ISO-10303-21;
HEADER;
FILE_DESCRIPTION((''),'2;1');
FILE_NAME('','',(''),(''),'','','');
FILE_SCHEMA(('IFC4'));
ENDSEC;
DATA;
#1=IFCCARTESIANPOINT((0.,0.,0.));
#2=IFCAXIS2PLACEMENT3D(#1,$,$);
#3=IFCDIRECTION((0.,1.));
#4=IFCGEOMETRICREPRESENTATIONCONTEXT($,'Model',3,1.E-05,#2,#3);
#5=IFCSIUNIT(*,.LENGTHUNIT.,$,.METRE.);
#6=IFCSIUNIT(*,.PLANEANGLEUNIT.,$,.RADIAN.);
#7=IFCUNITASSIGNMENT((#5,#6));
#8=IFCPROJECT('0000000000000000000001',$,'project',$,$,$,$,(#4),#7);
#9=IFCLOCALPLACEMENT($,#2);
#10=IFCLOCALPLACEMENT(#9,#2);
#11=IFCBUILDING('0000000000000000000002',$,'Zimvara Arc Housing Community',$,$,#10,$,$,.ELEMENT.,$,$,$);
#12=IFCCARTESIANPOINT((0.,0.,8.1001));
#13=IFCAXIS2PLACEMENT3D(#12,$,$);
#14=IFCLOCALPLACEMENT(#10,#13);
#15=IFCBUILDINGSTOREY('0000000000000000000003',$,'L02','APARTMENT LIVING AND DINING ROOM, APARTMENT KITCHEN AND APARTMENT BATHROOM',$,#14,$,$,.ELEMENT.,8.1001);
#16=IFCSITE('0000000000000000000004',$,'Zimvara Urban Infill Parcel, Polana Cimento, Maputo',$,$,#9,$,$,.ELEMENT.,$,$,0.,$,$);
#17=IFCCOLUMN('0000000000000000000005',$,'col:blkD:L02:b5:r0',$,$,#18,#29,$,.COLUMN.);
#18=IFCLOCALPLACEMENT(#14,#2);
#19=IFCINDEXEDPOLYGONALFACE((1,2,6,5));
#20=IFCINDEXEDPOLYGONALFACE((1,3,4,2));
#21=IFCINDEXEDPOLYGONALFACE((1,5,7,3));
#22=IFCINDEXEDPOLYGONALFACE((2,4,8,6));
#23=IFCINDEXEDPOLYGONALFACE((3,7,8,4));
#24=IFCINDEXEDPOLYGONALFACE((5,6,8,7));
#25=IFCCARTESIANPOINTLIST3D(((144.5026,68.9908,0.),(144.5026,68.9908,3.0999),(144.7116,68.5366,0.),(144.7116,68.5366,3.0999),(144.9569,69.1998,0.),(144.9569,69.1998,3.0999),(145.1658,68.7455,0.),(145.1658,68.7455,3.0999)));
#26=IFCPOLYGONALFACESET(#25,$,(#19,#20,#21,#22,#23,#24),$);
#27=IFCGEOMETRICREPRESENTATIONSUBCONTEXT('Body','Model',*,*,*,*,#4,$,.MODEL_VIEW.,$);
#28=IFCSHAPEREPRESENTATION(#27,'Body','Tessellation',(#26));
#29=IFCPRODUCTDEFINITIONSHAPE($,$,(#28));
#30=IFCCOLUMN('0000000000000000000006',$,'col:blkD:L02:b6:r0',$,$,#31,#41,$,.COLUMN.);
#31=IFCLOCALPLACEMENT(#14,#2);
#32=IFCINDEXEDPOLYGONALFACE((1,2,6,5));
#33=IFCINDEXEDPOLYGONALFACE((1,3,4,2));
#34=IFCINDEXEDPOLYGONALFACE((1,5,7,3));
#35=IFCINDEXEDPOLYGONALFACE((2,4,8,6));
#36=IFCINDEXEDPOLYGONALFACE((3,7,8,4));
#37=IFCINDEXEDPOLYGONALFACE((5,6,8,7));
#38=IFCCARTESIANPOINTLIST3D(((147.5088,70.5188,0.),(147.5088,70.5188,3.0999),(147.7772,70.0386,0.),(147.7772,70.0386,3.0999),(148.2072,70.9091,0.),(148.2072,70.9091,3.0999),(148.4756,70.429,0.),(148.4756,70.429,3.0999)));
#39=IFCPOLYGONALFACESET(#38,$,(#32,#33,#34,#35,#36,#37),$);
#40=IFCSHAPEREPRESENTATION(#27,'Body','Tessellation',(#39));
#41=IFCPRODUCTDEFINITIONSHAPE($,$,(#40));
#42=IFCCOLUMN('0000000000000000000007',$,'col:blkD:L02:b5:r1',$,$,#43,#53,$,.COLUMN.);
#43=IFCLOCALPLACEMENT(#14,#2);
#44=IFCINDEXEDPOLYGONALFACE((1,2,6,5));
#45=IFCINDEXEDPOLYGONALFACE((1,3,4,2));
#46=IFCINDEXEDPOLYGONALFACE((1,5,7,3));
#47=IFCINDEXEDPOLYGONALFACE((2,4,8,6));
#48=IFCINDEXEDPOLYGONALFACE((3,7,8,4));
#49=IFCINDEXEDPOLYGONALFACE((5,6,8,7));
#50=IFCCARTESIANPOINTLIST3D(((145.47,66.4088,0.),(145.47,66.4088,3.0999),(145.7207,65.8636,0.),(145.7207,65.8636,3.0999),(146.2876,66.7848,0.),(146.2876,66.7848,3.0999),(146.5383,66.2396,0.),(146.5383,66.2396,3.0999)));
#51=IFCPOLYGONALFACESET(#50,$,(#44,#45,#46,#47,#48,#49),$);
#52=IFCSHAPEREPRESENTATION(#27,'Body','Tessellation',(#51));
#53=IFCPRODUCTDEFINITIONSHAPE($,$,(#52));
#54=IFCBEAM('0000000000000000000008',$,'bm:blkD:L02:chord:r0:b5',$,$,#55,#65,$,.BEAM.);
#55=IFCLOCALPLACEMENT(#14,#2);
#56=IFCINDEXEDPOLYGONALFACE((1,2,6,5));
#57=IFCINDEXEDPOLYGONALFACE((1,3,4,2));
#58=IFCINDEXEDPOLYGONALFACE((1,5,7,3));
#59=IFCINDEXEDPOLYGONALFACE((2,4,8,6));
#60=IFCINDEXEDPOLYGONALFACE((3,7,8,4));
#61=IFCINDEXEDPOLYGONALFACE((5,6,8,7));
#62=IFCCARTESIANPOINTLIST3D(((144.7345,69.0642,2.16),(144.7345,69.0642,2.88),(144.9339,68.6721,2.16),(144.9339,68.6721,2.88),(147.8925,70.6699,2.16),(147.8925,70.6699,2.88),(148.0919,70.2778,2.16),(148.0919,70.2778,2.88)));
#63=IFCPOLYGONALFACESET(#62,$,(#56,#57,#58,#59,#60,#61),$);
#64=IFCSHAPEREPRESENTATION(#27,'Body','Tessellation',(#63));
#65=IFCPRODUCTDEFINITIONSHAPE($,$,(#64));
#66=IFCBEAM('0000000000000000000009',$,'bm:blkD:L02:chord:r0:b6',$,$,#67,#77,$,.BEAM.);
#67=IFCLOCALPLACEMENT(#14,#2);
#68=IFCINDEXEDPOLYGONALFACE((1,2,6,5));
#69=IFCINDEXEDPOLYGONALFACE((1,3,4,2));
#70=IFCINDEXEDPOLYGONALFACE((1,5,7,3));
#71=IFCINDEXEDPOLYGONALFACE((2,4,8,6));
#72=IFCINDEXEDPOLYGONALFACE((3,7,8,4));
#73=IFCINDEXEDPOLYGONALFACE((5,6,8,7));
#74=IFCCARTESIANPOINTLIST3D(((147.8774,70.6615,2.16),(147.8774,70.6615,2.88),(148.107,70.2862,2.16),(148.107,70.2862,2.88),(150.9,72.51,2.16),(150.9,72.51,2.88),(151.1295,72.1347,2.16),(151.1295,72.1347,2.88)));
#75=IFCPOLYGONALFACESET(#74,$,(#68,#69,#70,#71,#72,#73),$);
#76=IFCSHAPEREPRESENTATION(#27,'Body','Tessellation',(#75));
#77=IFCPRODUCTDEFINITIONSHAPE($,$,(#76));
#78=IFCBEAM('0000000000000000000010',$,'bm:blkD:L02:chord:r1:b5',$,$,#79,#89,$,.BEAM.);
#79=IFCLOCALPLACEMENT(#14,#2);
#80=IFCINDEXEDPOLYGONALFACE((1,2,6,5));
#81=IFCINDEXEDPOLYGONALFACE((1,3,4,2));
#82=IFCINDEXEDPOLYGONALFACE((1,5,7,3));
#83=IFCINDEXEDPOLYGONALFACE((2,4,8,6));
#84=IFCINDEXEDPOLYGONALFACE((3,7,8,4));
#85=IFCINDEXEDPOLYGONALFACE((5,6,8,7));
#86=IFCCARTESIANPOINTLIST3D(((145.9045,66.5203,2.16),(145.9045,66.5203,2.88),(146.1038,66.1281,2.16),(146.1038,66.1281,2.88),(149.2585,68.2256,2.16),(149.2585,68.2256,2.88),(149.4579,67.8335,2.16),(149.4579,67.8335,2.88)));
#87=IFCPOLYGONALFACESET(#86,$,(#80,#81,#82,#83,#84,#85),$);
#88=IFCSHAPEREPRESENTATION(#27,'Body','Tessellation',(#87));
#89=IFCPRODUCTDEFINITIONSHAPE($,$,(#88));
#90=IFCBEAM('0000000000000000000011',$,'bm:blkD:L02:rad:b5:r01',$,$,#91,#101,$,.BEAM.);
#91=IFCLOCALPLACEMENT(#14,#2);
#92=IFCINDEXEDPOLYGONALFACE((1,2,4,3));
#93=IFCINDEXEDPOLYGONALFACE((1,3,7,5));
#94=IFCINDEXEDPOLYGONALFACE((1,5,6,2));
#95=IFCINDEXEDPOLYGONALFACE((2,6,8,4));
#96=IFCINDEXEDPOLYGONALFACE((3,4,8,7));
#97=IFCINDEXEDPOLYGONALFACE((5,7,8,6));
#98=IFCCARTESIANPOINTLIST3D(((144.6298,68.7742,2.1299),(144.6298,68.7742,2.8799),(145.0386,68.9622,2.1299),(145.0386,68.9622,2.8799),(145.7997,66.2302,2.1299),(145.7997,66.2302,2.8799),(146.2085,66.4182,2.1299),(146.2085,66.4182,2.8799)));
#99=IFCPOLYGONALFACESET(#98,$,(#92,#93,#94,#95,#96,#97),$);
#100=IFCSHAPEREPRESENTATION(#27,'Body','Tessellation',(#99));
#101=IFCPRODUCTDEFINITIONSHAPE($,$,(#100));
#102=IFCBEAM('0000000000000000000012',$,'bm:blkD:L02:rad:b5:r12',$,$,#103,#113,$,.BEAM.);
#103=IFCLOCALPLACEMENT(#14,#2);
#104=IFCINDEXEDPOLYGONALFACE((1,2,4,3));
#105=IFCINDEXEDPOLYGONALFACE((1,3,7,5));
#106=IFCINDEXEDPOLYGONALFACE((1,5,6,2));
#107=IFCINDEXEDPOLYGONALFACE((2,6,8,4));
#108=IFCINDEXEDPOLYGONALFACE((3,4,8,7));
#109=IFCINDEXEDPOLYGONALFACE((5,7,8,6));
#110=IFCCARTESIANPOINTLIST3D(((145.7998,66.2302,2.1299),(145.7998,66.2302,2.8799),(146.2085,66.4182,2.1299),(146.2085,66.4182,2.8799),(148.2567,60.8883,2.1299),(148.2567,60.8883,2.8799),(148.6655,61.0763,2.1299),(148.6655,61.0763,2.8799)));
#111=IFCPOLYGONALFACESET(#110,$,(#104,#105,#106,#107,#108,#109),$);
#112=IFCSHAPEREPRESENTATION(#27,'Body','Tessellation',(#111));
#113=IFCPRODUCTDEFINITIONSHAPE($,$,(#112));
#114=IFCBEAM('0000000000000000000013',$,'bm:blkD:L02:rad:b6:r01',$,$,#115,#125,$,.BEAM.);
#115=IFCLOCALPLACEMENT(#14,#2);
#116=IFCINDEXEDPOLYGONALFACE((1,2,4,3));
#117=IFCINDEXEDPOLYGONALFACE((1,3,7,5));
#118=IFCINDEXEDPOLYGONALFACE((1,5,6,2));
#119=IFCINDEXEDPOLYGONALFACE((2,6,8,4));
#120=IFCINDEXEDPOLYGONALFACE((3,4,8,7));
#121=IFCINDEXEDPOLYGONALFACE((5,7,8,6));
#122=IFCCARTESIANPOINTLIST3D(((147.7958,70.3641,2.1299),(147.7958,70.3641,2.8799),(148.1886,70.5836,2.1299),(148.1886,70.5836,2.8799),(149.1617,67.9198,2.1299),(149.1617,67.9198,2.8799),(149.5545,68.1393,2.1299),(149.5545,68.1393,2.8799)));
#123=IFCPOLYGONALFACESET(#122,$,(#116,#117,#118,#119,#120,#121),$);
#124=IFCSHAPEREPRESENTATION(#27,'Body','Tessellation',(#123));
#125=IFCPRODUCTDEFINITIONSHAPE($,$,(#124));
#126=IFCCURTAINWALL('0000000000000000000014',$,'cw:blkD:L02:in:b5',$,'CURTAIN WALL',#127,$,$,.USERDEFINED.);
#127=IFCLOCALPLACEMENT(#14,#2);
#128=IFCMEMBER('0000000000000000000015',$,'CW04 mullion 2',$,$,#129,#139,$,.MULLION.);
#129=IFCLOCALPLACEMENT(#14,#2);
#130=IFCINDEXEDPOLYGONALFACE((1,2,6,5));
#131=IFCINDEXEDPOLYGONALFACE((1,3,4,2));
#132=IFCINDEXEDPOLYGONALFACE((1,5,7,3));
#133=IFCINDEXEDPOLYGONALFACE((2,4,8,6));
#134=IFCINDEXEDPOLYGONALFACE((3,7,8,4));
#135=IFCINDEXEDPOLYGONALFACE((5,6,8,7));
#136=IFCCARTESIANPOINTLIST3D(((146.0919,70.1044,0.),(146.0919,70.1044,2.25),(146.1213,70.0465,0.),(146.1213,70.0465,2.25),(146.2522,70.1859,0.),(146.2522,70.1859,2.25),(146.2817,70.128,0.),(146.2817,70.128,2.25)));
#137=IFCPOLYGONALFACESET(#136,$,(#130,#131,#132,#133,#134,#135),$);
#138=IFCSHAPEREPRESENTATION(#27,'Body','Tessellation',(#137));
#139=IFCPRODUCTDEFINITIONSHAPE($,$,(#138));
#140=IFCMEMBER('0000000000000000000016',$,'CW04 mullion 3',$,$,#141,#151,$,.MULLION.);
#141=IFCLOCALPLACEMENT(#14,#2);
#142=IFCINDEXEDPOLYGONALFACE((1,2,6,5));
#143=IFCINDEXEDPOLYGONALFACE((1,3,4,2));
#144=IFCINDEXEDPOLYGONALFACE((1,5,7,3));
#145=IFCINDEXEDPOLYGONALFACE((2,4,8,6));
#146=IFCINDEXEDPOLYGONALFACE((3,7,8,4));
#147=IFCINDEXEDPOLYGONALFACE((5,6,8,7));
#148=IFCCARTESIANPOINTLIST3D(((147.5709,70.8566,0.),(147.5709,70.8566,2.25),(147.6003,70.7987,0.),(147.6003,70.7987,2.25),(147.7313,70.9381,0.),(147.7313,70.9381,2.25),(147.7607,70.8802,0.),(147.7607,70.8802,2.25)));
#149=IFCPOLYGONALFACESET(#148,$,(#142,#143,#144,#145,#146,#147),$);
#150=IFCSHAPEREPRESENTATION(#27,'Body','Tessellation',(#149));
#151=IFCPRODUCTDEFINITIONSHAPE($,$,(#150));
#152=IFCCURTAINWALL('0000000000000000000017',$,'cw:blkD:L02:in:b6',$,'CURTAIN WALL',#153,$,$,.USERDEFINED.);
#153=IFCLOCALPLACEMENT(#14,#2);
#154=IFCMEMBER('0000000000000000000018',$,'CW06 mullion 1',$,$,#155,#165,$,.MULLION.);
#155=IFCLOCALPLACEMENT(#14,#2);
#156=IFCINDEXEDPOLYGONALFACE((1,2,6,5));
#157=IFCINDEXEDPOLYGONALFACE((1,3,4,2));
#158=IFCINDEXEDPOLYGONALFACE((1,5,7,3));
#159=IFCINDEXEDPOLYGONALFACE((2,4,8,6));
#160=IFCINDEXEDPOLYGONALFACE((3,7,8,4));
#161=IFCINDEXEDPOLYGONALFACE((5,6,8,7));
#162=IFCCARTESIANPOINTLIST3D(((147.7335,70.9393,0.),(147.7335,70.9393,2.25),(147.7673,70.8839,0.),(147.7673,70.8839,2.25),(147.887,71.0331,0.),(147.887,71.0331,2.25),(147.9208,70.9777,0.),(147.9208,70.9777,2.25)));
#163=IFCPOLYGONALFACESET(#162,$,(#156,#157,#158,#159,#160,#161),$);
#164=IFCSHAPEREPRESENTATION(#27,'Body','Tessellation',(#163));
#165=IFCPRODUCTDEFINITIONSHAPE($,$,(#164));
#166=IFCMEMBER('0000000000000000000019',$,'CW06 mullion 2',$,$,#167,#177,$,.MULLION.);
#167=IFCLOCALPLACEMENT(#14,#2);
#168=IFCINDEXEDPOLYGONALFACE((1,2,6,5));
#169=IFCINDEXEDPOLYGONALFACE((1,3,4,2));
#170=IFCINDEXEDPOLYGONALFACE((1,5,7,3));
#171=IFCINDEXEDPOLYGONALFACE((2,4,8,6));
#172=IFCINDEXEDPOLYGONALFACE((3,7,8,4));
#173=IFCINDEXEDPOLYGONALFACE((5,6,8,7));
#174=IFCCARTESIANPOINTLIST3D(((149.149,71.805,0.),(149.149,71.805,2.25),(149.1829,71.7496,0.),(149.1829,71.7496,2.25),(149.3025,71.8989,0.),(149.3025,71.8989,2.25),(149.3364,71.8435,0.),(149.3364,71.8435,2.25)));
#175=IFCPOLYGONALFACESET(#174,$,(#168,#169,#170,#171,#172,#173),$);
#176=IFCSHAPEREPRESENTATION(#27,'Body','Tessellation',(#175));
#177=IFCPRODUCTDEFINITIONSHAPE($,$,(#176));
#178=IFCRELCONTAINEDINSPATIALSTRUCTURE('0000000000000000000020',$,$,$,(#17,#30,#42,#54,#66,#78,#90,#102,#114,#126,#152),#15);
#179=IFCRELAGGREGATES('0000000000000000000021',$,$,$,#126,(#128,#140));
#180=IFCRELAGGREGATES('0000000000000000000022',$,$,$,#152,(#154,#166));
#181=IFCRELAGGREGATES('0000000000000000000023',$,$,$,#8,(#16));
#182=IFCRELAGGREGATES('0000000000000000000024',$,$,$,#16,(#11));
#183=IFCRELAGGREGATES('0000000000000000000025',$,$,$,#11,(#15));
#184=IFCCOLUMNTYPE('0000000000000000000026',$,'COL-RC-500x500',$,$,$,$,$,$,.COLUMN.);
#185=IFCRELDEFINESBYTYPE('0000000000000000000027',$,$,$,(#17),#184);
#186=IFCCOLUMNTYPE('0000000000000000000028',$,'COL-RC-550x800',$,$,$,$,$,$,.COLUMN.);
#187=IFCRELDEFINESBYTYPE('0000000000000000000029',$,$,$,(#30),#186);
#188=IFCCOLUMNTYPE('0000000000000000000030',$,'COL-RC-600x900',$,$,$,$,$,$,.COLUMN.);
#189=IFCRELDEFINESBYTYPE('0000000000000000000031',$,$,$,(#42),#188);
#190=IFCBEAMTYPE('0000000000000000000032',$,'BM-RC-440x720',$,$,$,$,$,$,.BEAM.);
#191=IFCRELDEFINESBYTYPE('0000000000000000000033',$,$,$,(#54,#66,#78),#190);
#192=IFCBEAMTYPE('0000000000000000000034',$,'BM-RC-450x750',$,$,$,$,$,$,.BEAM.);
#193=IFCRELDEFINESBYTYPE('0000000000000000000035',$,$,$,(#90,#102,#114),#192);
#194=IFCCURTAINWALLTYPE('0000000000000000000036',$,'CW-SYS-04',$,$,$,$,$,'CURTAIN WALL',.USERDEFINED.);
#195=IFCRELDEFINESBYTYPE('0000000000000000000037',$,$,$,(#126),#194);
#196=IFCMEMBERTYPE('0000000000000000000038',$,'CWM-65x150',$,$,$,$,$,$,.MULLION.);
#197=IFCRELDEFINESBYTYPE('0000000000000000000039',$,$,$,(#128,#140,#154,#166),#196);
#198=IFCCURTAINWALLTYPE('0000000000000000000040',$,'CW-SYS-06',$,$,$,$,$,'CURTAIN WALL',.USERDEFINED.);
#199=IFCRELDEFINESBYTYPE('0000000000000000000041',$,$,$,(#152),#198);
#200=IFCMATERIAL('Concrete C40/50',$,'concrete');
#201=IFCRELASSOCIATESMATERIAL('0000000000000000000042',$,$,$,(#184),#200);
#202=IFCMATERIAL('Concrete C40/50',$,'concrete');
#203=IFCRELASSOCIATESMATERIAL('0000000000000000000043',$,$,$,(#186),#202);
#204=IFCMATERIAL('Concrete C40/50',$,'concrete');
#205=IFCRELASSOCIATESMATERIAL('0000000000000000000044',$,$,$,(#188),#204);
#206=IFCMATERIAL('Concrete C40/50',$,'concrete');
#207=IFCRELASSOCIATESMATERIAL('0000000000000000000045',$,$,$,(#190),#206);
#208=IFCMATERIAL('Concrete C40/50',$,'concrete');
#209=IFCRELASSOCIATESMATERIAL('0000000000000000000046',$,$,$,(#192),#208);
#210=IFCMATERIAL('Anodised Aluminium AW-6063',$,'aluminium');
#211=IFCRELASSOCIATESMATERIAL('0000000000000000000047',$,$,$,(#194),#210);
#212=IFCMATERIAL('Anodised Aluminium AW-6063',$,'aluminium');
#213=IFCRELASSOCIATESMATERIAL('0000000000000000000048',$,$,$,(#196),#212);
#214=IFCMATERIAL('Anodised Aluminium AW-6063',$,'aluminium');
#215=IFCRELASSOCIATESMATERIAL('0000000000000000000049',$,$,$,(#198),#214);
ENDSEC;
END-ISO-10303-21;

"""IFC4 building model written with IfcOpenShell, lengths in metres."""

from ifc_helpers import new_model, si_unit, direction, frame, origin, origin_2d, place, context, subcontext, project, spatial, rectangle, extrude, material, material_profile, profile_set, type_object, element, aggregate, save


model = new_model("IFC4")

# Units and contexts
model_context = context("Model", 3, precision=1e-05, world=origin(), true_north=direction((0.0, 1.0)))
body_context = subcontext(model_context, "Body", "Model", "MODEL_VIEW")
ifc_project = project(units=[si_unit("LENGTHUNIT", "METRE"), si_unit("PLANEANGLEUNIT", "RADIAN")], contexts=[model_context])

# Site, building, storey
site_placement = place(None, origin())
site = spatial("IfcSite", under=ifc_project, at=site_placement, Name="Zimvara Urban Infill Parcel, Polana Cimento, Maputo", CompositionType="ELEMENT", RefElevation=0.0)
building_placement = place(site_placement, origin())
building = spatial("IfcBuilding", under=site, at=building_placement, Name="Zimvara Arc Housing Community", CompositionType="ELEMENT")
storey_placement = place(building_placement, frame((0.0, 0.0, 8.1001)))
storey = spatial("IfcBuildingStorey", under=building, at=storey_placement, Name="L02", Description="APARTMENT LIVING AND DINING ROOM, APARTMENT KITCHEN AND APARTMENT BATHROOM", CompositionType="ELEMENT", Elevation=8.1001)

# Columns
ifc_material_1 = material(Name="Concrete C40/50", Category="concrete")
ifc_material_profile_1 = material_profile(ifc_material_1, rectangle(XDim=0.5, YDim=0.5, at=origin_2d()), Name="RC 500x500")
ifc_profile_set_1 = profile_set([ifc_material_profile_1], Name="Concrete C40/50")
column_type_1 = type_object("IfcColumnType", Name="COL-RC-500x500", PredefinedType="COLUMN", material=ifc_profile_set_1)
column_1_placement = place(storey_placement, frame((144.8342, 68.8682, 0.0), z_axis=(0.0, 0.0, 1.0), x_axis=(0.417867, -0.908508, 0.0)))
element("IfcColumn", 1, at=column_1_placement, inside=storey, type_object=column_type_1, Name="col:blkD:L02:b5:r0", PredefinedType="COLUMN", context=body_context, shape_type="SweptSolid", body=[
    extrude(rectangle(XDim=0.5, YDim=0.5, at=origin_2d()), origin(), (0.0, 0.0, 1.0), 3.0999),
])
ifc_material_2 = material(Name="Concrete C40/50", Category="concrete")
ifc_material_profile_2 = material_profile(ifc_material_2, rectangle(XDim=0.55, YDim=0.8, at=origin_2d()), Name="RC 550x800")
ifc_profile_set_2 = profile_set([ifc_material_profile_2], Name="Concrete C40/50")
column_type_2 = type_object("IfcColumnType", Name="COL-RC-550x800", PredefinedType="COLUMN", material=ifc_profile_set_2)
column_2_placement = place(storey_placement, frame((147.9922, 70.4739, 0.0), z_axis=(0.0, 0.0, 1.0), x_axis=(0.48786, -0.872922, 0.0)))
element("IfcColumn", 2, at=column_2_placement, inside=storey, type_object=column_type_2, Name="col:blkD:L02:b6:r0", PredefinedType="COLUMN", context=body_context, shape_type="SweptSolid", body=[
    extrude(rectangle(XDim=0.55, YDim=0.8, at=origin_2d()), origin(), (0.0, 0.0, 1.0), 3.0999),
])
ifc_material_3 = material(Name="Concrete C40/50", Category="concrete")
ifc_material_profile_3 = material_profile(ifc_material_3, rectangle(XDim=0.6001, YDim=0.8999, at=origin_2d()), Name="RC 600x900")
ifc_profile_set_3 = profile_set([ifc_material_profile_3], Name="Concrete C40/50")
column_type_3 = type_object("IfcColumnType", Name="COL-RC-600x900", PredefinedType="COLUMN", material=ifc_profile_set_3)
column_3_placement = place(storey_placement, frame((146.0042, 66.3242, 0.0), z_axis=(0.0, 0.0, 1.0), x_axis=(0.417867, -0.908508, 0.0)))
element("IfcColumn", 3, at=column_3_placement, inside=storey, type_object=column_type_3, Name="col:blkD:L02:b5:r1", PredefinedType="COLUMN", context=body_context, shape_type="SweptSolid", body=[
    extrude(rectangle(XDim=0.6001, YDim=0.8999, at=origin_2d()), origin(), (0.0, 0.0, 1.0), 3.0999),
])

# Beams
ifc_material_4 = material(Name="Concrete C40/50", Category="concrete")
ifc_material_profile_4 = material_profile(ifc_material_4, rectangle(XDim=0.4399, YDim=0.72, at=origin_2d()), Name="RC 440x720")
ifc_profile_set_4 = profile_set([ifc_material_profile_4], Name="Concrete C40/50")
beam_type_1 = type_object("IfcBeamType", Name="BM-RC-440x720", PredefinedType="BEAM", material=ifc_profile_set_4)
beam_1_placement = place(storey_placement, frame((144.8342, 68.8682, 2.52), z_axis=(0.891388, 0.45324, 0.0), x_axis=(-0.45324, 0.891388, 0.0)))
element("IfcBeam", 4, at=beam_1_placement, inside=storey, type_object=beam_type_1, Name="bm:blkD:L02:chord:r0:b5", PredefinedType="BEAM", context=body_context, shape_type="SweptSolid", body=[
    extrude(rectangle(XDim=0.4399, YDim=0.72, at=origin_2d()), origin(), (0.0, 0.0, 1.0), 3.5427),
])
beam_2_placement = place(storey_placement, frame((147.9922, 70.4739, 2.52), z_axis=(0.853115, 0.521723, 0.0), x_axis=(-0.521723, 0.853115, 0.0)))
element("IfcBeam", 5, at=beam_2_placement, inside=storey, type_object=beam_type_1, Name="bm:blkD:L02:chord:r0:b6", PredefinedType="BEAM", context=body_context, shape_type="SweptSolid", body=[
    extrude(rectangle(XDim=0.4399, YDim=0.72, at=origin_2d()), origin(), (0.0, 0.0, 1.0), 3.543),
])
beam_3_placement = place(storey_placement, frame((146.0042, 66.3242, 2.52), z_axis=(0.891396, 0.453225, 0.0), x_axis=(-0.453225, 0.891396, 0.0)))
element("IfcBeam", 6, at=beam_3_placement, inside=storey, type_object=beam_type_1, Name="bm:blkD:L02:chord:r1:b5", PredefinedType="BEAM", context=body_context, shape_type="SweptSolid", body=[
    extrude(rectangle(XDim=0.4399, YDim=0.72, at=origin_2d()), origin(), (0.0, 0.0, 1.0), 3.7627),
])
ifc_material_5 = material(Name="Concrete C40/50", Category="concrete")
ifc_material_profile_5 = material_profile(ifc_material_5, rectangle(XDim=0.45, YDim=0.75, at=origin_2d()), Name="RC 450x750")
ifc_profile_set_5 = profile_set([ifc_material_profile_5], Name="Concrete C40/50")
beam_type_2 = type_object("IfcBeamType", Name="BM-RC-450x750", PredefinedType="BEAM", material=ifc_profile_set_5)
beam_4_placement = place(storey_placement, frame((144.8342, 68.8682, 2.5049), z_axis=(0.417819, -0.90853, 0.0), x_axis=(0.90853, 0.417819, 0.0)))
element("IfcBeam", 7, at=beam_4_placement, inside=storey, type_object=beam_type_2, Name="bm:blkD:L02:rad:b5:r01", PredefinedType="BEAM", context=body_context, shape_type="SweptSolid", body=[
    extrude(rectangle(XDim=0.45, YDim=0.75, at=origin_2d()), origin(), (0.0, 0.0, 1.0), 2.8),
])
beam_5_placement = place(storey_placement, frame((146.0042, 66.3242, 2.5049), z_axis=(0.417862, -0.90851, 0.0), x_axis=(0.90851, 0.417862, 0.0)))
element("IfcBeam", 8, at=beam_5_placement, inside=storey, type_object=beam_type_2, Name="bm:blkD:L02:rad:b5:r12", PredefinedType="BEAM", context=body_context, shape_type="SweptSolid", body=[
    extrude(rectangle(XDim=0.45, YDim=0.75, at=origin_2d()), origin(), (0.0, 0.0, 1.0), 5.8799),
])
beam_6_placement = place(storey_placement, frame((147.9922, 70.4739, 2.5049), z_axis=(0.487825, -0.872941, 0.0), x_axis=(0.872941, 0.487825, 0.0)))
element("IfcBeam", 9, at=beam_6_placement, inside=storey, type_object=beam_type_2, Name="bm:blkD:L02:rad:b6:r01", PredefinedType="BEAM", context=body_context, shape_type="SweptSolid", body=[
    extrude(rectangle(XDim=0.45, YDim=0.75, at=origin_2d()), origin(), (0.0, 0.0, 1.0), 2.8),
])

# Curtain walls, members
ifc_material_6 = material(Name="Anodised Aluminium AW-6063", Category="aluminium")
curtain_wall_type_1 = type_object("IfcCurtainWallType", Name="CW-SYS-04", ElementType="CURTAIN WALL", PredefinedType="USERDEFINED", material=ifc_material_6)
curtain_wall_1_placement = place(storey_placement, origin())
curtain_wall_1 = element("IfcCurtainWall", 10, at=curtain_wall_1_placement, inside=storey, type_object=curtain_wall_type_1, Name="cw:blkD:L02:in:b5", ObjectType="CURTAIN WALL", PredefinedType="USERDEFINED")
ifc_material_7 = material(Name="Anodised Aluminium AW-6063", Category="aluminium")
ifc_material_profile_6 = material_profile(ifc_material_7, rectangle(XDim=0.0649, YDim=0.1799, at=origin_2d()), Name="ALU 65x180")
ifc_profile_set_6 = profile_set([ifc_material_profile_6], Name="Anodised Aluminium AW-6063")
member_type_1 = type_object("IfcMemberType", Name="CWM-65x150", PredefinedType="MULLION", material=ifc_profile_set_6)
member_1_placement = place(storey_placement, frame((146.1868, 70.1162, 0.0), z_axis=(0.0, 0.0, 1.0), x_axis=(-0.453211, 0.891403, 0.0)))
member_1 = element("IfcMember", 11, at=member_1_placement, type_object=member_type_1, Name="CW04 mullion 2", PredefinedType="MULLION", context=body_context, shape_type="SweptSolid", body=[
    extrude(rectangle(XDim=0.0649, YDim=0.1799, at=origin_2d()), origin(), (0.0, 0.0, 1.0), 2.25),
])
member_2_placement = place(storey_placement, frame((147.6658, 70.8684, 0.0), z_axis=(0.0, 0.0, 1.0), x_axis=(-0.453211, 0.891403, 0.0)))
member_2 = element("IfcMember", 12, at=member_2_placement, type_object=member_type_1, Name="CW04 mullion 3", PredefinedType="MULLION", context=body_context, shape_type="SweptSolid", body=[
    extrude(rectangle(XDim=0.0649, YDim=0.1799, at=origin_2d()), origin(), (0.0, 0.0, 1.0), 2.25),
])
ifc_material_8 = material(Name="Anodised Aluminium AW-6063", Category="aluminium")
curtain_wall_type_2 = type_object("IfcCurtainWallType", Name="CW-SYS-06", ElementType="CURTAIN WALL", PredefinedType="USERDEFINED", material=ifc_material_8)
curtain_wall_2_placement = place(storey_placement, origin())
curtain_wall_2 = element("IfcCurtainWall", 13, at=curtain_wall_2_placement, inside=storey, type_object=curtain_wall_type_2, Name="cw:blkD:L02:in:b6", ObjectType="CURTAIN WALL", PredefinedType="USERDEFINED")
member_3_placement = place(storey_placement, frame((147.8271, 70.9585, 0.0), z_axis=(0.0, 0.0, 1.0), x_axis=(-0.521754, 0.853096, 0.0)))
member_3 = element("IfcMember", 14, at=member_3_placement, type_object=member_type_1, Name="CW06 mullion 1", PredefinedType="MULLION", context=body_context, shape_type="SweptSolid", body=[
    extrude(rectangle(XDim=0.0649, YDim=0.1799, at=origin_2d()), origin(), (0.0, 0.0, 1.0), 2.25),
])
member_4_placement = place(storey_placement, frame((149.2427, 71.8242, 0.0), z_axis=(0.0, 0.0, 1.0), x_axis=(-0.521754, 0.853096, 0.0)))
member_4 = element("IfcMember", 15, at=member_4_placement, type_object=member_type_1, Name="CW06 mullion 2", PredefinedType="MULLION", context=body_context, shape_type="SweptSolid", body=[
    extrude(rectangle(XDim=0.0649, YDim=0.1799, at=origin_2d()), origin(), (0.0, 0.0, 1.0), 2.25),
])

aggregate(curtain_wall_1, [member_1, member_2])
aggregate(curtain_wall_2, [member_3, member_4])

save(model, "model.ifc")
